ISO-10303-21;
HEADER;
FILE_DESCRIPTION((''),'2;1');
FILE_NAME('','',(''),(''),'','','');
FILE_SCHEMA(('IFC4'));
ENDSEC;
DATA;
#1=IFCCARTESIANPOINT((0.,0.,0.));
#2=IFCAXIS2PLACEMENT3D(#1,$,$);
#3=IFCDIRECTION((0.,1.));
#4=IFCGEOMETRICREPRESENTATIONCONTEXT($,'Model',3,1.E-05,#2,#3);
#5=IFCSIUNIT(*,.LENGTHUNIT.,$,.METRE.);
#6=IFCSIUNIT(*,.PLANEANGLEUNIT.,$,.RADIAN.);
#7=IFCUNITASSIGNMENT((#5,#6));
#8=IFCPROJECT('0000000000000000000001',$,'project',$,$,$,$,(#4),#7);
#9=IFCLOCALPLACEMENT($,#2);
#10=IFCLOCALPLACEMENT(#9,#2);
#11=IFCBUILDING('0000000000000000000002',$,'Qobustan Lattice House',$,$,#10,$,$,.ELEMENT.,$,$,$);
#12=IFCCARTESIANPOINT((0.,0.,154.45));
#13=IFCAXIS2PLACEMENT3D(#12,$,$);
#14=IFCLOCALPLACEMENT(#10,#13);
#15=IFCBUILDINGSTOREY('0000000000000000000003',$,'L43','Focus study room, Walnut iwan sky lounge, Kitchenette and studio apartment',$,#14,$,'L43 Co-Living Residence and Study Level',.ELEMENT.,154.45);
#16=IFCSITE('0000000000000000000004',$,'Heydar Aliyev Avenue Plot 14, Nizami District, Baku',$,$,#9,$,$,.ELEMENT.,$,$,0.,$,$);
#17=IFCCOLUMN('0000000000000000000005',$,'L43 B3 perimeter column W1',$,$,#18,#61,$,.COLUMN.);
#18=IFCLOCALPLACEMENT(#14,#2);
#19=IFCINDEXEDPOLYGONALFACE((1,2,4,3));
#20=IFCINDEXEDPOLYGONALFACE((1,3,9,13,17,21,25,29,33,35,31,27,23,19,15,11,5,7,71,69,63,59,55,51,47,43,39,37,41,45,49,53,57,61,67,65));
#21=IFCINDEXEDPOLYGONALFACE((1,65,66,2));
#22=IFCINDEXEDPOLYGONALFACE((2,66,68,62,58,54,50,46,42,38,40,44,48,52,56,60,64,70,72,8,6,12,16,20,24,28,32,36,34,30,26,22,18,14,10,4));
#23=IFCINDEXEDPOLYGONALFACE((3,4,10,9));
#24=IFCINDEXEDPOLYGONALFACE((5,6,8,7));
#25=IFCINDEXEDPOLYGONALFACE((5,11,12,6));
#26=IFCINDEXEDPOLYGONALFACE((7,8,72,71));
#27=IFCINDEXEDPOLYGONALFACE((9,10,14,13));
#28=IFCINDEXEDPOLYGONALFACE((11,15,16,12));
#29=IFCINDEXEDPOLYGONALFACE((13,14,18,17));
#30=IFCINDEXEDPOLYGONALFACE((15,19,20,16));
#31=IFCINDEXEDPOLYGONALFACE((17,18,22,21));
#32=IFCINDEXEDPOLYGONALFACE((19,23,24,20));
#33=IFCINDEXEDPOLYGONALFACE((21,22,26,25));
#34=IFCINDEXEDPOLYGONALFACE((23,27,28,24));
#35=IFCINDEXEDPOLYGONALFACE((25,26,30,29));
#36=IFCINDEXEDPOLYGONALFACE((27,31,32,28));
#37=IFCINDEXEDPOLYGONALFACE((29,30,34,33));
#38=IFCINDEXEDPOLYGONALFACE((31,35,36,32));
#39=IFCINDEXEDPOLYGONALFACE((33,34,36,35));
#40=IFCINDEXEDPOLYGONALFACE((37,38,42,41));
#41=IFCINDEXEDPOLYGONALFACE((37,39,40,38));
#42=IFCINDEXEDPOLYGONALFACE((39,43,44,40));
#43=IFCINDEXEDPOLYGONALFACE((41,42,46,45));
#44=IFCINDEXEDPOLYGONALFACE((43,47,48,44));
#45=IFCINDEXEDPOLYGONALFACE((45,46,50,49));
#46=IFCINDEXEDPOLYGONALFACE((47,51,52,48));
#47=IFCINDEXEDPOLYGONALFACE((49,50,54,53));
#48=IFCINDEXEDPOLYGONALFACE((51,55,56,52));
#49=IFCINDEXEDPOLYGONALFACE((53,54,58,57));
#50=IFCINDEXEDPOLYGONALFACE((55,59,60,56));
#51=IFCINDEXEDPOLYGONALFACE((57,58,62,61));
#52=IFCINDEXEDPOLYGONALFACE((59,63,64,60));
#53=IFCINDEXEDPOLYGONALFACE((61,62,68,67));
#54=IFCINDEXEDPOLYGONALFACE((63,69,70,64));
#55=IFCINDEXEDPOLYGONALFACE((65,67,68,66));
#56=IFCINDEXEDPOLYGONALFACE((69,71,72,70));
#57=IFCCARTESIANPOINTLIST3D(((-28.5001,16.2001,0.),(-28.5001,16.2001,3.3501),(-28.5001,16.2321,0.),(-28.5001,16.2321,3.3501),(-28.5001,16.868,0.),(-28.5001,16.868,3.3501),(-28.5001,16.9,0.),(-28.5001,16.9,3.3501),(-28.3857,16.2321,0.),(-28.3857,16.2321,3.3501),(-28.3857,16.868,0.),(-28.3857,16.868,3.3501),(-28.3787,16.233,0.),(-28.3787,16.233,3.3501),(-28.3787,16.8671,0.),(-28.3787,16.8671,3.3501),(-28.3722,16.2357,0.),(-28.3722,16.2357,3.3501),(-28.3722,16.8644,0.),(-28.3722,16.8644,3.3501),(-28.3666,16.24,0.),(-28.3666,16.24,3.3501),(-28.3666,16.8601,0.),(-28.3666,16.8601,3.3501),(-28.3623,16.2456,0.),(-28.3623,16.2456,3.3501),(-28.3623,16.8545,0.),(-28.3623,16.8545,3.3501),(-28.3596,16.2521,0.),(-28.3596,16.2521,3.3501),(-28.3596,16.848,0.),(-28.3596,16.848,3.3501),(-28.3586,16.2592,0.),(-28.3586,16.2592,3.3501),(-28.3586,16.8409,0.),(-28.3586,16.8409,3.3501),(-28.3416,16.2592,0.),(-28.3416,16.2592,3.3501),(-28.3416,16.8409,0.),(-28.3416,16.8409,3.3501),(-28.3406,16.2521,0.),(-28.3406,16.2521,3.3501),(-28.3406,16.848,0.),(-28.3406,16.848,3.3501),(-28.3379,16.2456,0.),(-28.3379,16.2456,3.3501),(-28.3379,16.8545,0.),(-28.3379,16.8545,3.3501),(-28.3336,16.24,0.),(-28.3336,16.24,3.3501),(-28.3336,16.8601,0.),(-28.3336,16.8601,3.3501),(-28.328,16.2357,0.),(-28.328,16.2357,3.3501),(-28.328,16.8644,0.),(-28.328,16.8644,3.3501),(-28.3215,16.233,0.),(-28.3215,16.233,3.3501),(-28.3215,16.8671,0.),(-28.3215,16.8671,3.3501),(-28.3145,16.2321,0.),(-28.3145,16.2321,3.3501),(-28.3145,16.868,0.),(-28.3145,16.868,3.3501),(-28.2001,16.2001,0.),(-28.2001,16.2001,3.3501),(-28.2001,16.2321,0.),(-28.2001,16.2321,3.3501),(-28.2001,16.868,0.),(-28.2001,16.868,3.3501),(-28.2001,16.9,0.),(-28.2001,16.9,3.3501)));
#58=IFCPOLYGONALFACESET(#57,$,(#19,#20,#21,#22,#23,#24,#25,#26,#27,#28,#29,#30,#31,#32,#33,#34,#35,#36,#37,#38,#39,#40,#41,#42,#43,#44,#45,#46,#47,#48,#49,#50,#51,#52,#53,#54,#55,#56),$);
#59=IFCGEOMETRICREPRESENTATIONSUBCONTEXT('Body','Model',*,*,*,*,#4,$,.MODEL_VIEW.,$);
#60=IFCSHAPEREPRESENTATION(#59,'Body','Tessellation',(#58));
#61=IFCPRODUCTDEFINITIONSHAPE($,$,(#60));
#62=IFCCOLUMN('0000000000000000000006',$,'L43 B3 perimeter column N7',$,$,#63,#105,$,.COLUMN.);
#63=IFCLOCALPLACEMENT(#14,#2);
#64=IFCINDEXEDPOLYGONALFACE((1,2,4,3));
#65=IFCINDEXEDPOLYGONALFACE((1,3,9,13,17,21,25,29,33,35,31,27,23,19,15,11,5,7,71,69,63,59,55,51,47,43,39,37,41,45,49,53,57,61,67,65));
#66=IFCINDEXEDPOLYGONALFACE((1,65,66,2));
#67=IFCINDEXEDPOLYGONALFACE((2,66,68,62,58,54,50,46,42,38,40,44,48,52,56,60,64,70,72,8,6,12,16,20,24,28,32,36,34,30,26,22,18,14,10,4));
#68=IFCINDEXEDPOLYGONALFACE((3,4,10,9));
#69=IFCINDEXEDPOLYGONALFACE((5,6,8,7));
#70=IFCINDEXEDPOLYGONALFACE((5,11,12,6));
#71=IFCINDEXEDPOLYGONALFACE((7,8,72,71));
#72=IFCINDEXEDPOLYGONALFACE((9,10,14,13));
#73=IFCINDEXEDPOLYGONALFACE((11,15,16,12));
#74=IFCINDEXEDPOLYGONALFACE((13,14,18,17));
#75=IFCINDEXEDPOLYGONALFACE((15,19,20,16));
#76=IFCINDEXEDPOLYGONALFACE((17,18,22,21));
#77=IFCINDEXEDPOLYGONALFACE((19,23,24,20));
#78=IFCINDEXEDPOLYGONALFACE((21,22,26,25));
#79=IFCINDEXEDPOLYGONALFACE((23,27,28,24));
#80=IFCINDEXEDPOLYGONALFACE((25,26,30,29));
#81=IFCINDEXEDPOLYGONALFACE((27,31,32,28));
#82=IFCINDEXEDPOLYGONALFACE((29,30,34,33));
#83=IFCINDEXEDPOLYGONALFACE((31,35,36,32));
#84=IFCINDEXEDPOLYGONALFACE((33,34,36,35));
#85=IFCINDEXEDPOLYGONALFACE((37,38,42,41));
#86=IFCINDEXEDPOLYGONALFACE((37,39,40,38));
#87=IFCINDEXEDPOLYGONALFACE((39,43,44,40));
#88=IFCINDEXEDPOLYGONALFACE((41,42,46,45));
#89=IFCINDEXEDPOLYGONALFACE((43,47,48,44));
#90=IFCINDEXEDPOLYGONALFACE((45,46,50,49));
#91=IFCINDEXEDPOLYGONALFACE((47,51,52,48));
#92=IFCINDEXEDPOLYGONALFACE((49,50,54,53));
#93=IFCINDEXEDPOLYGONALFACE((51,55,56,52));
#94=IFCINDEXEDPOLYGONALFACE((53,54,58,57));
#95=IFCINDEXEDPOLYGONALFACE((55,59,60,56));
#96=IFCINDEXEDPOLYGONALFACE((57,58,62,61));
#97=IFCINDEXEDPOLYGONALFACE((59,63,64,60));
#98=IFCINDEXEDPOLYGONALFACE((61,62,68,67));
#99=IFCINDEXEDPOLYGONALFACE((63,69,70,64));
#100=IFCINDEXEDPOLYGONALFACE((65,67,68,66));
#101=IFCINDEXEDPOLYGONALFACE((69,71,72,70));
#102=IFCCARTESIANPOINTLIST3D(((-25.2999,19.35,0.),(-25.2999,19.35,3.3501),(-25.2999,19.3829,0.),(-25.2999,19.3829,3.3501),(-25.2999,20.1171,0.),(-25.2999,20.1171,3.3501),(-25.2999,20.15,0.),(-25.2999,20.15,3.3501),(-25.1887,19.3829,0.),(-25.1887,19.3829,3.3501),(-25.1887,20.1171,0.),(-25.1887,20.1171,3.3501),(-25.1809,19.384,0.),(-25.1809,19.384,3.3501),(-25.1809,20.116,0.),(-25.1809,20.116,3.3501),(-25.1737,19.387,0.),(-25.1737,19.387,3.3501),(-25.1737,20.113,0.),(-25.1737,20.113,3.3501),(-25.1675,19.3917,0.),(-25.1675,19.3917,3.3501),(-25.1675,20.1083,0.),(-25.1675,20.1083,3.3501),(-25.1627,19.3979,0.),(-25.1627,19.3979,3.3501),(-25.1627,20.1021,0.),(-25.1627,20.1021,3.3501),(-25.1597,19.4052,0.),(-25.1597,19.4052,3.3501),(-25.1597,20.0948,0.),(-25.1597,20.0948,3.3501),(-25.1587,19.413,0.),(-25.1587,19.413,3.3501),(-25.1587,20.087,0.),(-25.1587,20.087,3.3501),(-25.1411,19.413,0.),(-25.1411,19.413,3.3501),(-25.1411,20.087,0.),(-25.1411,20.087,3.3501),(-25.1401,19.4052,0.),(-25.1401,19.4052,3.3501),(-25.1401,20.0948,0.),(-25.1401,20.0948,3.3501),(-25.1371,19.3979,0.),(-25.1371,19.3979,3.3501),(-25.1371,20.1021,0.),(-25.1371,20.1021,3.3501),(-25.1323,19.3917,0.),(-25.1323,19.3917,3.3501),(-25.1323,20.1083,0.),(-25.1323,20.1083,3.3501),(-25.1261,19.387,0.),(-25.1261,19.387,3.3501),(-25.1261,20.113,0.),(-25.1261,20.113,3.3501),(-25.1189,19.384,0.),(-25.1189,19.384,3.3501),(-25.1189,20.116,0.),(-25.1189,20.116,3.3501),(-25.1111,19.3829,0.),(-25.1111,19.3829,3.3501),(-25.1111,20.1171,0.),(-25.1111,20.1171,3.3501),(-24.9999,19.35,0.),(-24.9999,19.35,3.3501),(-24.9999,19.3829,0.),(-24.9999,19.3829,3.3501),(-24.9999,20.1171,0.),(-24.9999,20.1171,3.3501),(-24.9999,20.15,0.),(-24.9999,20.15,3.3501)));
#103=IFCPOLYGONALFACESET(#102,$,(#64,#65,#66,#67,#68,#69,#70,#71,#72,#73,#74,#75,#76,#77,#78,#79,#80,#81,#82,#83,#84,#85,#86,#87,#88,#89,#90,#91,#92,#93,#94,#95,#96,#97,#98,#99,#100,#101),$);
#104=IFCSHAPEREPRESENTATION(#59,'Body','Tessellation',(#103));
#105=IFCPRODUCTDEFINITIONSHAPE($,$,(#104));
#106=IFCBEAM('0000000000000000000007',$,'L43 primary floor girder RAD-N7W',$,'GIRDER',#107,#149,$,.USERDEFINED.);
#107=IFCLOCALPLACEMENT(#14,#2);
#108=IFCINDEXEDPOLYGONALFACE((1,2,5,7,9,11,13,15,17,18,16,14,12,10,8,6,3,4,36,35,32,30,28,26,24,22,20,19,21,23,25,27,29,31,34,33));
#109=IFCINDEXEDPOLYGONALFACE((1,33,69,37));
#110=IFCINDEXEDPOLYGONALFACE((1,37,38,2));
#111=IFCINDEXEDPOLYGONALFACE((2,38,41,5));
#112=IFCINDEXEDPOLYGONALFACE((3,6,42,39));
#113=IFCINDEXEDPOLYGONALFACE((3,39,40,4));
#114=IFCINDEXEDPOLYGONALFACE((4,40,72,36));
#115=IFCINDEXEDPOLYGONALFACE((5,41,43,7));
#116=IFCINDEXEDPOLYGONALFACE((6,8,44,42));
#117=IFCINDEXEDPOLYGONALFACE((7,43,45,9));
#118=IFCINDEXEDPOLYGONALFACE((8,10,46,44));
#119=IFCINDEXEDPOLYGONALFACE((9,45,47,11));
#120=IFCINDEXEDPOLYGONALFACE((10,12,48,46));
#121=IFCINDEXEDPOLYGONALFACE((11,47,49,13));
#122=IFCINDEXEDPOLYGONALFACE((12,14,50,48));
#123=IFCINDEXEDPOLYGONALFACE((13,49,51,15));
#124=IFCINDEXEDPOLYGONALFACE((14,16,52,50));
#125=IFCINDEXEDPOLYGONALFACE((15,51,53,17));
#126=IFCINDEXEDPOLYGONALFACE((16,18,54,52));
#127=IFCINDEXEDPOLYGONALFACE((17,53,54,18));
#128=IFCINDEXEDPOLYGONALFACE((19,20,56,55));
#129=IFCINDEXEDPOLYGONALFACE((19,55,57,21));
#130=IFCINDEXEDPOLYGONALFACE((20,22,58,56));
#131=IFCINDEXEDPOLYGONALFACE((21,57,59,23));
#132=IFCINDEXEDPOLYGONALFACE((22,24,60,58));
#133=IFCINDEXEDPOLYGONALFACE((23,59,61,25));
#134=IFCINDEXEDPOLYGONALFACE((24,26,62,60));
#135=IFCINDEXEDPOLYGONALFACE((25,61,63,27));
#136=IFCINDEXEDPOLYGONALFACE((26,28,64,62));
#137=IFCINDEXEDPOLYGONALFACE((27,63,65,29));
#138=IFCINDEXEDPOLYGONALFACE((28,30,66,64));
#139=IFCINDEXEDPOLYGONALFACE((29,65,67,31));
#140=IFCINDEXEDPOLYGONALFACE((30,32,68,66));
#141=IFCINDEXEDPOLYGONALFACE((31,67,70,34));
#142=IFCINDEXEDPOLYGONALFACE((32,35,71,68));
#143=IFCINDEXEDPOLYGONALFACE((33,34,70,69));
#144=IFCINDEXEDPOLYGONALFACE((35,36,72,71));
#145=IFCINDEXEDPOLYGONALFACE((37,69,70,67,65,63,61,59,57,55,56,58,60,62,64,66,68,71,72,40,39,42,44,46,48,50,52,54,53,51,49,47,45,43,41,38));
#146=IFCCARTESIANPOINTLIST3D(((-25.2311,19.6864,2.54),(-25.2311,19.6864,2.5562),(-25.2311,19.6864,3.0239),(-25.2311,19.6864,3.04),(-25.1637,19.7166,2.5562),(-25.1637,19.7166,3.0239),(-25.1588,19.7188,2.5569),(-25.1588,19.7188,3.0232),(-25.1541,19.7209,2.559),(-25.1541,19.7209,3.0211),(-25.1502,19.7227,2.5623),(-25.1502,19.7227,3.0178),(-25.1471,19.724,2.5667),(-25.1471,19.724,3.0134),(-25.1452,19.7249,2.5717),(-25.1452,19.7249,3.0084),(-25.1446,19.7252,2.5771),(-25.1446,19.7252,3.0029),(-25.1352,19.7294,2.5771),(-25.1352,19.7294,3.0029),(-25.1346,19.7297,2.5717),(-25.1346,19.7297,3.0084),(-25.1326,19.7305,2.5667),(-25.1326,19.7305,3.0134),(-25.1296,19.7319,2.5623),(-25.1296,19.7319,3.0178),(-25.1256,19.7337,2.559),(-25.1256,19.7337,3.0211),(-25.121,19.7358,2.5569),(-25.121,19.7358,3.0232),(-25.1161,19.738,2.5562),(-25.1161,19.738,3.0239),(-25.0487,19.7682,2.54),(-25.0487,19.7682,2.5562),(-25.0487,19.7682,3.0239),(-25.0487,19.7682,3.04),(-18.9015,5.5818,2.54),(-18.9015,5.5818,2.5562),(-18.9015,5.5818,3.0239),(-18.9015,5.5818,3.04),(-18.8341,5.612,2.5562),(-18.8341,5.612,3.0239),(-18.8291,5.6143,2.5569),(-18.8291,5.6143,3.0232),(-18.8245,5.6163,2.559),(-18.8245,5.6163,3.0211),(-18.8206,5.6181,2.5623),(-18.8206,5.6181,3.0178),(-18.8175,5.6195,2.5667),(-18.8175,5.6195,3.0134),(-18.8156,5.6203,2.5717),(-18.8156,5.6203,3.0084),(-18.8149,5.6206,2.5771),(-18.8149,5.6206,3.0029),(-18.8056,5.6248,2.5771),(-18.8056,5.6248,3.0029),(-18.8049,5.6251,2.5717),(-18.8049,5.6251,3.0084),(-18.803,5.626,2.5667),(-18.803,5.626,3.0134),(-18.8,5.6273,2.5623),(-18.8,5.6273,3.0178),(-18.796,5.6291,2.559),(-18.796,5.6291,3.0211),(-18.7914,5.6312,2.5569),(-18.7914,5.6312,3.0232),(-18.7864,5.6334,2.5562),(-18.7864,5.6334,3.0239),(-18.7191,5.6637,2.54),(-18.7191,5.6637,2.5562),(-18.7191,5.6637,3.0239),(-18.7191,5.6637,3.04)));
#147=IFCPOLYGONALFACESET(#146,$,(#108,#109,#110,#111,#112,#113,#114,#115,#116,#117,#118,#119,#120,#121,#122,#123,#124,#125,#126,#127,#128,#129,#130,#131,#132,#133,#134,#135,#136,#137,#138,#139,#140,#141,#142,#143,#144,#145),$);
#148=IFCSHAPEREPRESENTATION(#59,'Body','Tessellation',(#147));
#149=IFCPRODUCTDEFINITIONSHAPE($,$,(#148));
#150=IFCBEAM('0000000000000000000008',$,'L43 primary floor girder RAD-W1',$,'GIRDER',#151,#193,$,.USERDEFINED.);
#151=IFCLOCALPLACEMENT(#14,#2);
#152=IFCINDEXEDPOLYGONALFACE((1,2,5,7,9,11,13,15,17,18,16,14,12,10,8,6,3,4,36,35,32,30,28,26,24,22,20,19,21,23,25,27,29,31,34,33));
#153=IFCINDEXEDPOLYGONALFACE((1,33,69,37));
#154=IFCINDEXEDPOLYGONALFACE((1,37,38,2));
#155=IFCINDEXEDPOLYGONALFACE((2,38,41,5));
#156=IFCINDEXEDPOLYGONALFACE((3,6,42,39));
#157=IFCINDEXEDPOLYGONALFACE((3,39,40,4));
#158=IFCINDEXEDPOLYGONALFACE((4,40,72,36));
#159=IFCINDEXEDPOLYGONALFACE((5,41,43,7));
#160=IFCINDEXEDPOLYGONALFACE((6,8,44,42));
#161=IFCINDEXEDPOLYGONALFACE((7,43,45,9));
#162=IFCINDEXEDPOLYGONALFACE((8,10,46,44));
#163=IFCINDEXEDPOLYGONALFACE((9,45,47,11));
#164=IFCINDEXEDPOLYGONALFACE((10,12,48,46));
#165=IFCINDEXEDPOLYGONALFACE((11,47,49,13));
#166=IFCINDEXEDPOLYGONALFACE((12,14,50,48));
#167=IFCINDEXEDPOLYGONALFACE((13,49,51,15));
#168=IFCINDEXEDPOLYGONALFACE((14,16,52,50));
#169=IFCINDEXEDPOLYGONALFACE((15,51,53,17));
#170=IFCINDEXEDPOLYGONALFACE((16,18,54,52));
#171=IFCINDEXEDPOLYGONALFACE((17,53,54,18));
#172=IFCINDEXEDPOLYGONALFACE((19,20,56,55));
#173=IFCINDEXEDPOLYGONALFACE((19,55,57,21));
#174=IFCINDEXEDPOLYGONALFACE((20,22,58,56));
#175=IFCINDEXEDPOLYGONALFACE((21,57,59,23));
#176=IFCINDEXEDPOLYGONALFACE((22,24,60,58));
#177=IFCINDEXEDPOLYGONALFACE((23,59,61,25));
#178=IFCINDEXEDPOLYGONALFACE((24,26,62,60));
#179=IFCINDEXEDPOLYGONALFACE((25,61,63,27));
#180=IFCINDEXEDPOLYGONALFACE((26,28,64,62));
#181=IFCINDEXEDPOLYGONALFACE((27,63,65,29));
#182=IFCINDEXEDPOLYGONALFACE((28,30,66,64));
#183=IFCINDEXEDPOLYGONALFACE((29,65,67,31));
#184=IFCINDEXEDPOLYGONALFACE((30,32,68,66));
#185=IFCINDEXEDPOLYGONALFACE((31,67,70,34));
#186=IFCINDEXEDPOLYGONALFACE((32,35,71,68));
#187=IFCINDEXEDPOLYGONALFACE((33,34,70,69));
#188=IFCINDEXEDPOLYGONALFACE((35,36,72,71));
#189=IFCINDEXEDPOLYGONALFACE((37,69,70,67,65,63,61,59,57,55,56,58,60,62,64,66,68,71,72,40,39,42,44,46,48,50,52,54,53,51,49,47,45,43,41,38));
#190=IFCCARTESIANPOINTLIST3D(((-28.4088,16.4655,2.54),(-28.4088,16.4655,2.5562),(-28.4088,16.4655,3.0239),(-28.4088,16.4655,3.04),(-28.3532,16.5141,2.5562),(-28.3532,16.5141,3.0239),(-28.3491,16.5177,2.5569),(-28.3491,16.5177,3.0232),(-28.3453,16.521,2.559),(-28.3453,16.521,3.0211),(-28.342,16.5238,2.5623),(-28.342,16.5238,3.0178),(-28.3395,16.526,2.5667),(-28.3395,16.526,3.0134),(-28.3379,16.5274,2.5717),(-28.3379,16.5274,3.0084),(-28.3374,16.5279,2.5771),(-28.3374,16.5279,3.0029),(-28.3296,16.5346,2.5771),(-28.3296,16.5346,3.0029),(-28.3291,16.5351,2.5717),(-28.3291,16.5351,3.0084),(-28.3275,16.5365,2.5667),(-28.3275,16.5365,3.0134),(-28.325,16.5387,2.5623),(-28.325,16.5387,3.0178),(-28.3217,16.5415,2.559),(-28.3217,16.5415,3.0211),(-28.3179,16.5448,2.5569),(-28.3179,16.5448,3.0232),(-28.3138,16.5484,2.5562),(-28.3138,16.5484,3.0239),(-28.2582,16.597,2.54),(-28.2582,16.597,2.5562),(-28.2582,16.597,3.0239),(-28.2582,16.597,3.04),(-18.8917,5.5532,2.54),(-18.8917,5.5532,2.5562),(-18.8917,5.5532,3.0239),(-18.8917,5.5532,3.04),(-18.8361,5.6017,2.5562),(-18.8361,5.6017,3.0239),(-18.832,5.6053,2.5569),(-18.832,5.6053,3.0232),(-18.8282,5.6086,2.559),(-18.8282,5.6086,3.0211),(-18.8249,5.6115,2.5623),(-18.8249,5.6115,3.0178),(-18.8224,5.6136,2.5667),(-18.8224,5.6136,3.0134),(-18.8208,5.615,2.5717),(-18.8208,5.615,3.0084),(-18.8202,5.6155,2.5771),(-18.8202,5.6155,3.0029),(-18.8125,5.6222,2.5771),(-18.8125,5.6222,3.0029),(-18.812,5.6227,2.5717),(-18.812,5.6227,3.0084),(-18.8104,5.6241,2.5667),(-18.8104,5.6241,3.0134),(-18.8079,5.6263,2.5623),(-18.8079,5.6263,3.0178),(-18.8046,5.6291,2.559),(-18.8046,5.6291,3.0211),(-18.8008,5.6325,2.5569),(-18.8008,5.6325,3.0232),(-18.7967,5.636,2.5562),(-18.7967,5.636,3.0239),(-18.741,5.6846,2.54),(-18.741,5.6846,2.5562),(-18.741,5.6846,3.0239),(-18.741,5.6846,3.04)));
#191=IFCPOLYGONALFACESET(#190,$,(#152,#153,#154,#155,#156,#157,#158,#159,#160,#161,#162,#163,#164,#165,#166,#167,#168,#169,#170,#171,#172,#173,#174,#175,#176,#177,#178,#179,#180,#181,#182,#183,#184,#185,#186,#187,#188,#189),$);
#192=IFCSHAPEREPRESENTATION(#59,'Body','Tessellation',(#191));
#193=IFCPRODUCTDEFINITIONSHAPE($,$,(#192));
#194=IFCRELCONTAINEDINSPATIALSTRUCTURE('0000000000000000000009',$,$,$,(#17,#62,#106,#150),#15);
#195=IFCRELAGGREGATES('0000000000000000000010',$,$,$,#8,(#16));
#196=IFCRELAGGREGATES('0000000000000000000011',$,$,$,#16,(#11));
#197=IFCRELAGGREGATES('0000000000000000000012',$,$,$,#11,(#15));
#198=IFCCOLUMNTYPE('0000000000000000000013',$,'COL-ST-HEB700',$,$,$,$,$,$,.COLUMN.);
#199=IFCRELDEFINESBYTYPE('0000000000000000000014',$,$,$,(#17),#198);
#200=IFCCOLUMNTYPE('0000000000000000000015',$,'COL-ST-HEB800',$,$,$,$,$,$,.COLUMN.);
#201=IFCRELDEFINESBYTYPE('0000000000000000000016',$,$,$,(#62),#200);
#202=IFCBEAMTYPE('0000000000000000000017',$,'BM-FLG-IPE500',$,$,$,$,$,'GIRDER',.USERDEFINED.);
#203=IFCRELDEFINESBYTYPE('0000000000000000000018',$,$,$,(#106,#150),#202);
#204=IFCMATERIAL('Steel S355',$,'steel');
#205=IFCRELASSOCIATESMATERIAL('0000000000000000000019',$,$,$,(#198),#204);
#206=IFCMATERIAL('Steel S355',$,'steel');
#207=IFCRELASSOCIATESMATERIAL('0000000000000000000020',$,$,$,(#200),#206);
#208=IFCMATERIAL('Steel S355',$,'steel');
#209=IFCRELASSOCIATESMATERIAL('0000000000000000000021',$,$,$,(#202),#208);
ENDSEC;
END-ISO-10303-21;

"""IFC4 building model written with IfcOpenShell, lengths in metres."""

from ifc_helpers import new_model, si_unit, direction, frame, origin, origin_2d, place, context, subcontext, project, spatial, i_section, extrude, material, material_profile, profile_set, type_object, element, save


model = new_model("IFC4")

# Units and contexts
model_context = context("Model", 3, precision=1e-05, world=origin(), true_north=direction((0.0, 1.0)))
body_context = subcontext(model_context, "Body", "Model", "MODEL_VIEW")
ifc_project = project(units=[si_unit("LENGTHUNIT", "METRE"), si_unit("PLANEANGLEUNIT", "RADIAN")], contexts=[model_context])

# Site, building, storey
site_placement = place(None, origin())
site = spatial("IfcSite", under=ifc_project, at=site_placement, Name="Heydar Aliyev Avenue Plot 14, Nizami District, Baku", CompositionType="ELEMENT", RefElevation=0.0)
building_placement = place(site_placement, origin())
building = spatial("IfcBuilding", under=site, at=building_placement, Name="Qobustan Lattice House", CompositionType="ELEMENT")
storey_placement = place(building_placement, frame((0.0, 0.0, 154.45)))
storey = spatial("IfcBuildingStorey", under=building, at=storey_placement, Name="L43", Description="Focus study room, Walnut iwan sky lounge, Kitchenette and studio apartment", LongName="L43 Co-Living Residence and Study Level", CompositionType="ELEMENT", Elevation=154.45)

# Columns
ifc_material_1 = material(Name="Steel S355", Category="steel")
ifc_material_profile_1 = material_profile(ifc_material_1, i_section(OverallWidth=0.3, OverallDepth=0.7, WebThickness=0.0171, FlangeThickness=0.032, FilletRadius=0.0271, at=origin_2d()), Name="HEB700")
ifc_profile_set_1 = profile_set([ifc_material_profile_1], Name="Steel S355")
column_type_1 = type_object("IfcColumnType", Name="COL-ST-HEB700", PredefinedType="COLUMN", material=ifc_profile_set_1)
column_1_placement = place(storey_placement, frame((-28.3501, 16.55, 0.0), z_axis=(0.0, 0.0, 1.0), x_axis=(1.0, 0.0, 0.0)))
element("IfcColumn", 1, at=column_1_placement, inside=storey, type_object=column_type_1, Name="L43 B3 perimeter column W1", PredefinedType="COLUMN", context=body_context, shape_type="SweptSolid", body=[
    extrude(i_section(OverallWidth=0.3, OverallDepth=0.7, WebThickness=0.0171, FlangeThickness=0.032, FilletRadius=0.0271, at=origin_2d()), origin(), (0.0, 0.0, 1.0), 3.3501),
])
ifc_material_2 = material(Name="Steel S355", Category="steel")
ifc_material_profile_2 = material_profile(ifc_material_2, i_section(OverallWidth=0.3, OverallDepth=0.8, WebThickness=0.0176, FlangeThickness=0.033, FilletRadius=0.03, at=origin_2d()), Name="HEB800")
ifc_profile_set_2 = profile_set([ifc_material_profile_2], Name="Steel S355")
column_type_2 = type_object("IfcColumnType", Name="COL-ST-HEB800", PredefinedType="COLUMN", material=ifc_profile_set_2)
column_2_placement = place(storey_placement, frame((-25.1499, 19.75, 0.0), z_axis=(0.0, 0.0, 1.0), x_axis=(1.0, 0.0, 0.0)))
element("IfcColumn", 2, at=column_2_placement, inside=storey, type_object=column_type_2, Name="L43 B3 perimeter column N7", PredefinedType="COLUMN", context=body_context, shape_type="SweptSolid", body=[
    extrude(i_section(OverallWidth=0.3, OverallDepth=0.8, WebThickness=0.0176, FlangeThickness=0.033, FilletRadius=0.03, at=origin_2d()), origin(), (0.0, 0.0, 1.0), 3.3501),
])

# Beams
ifc_material_3 = material(Name="Steel S355", Category="steel")
ifc_material_profile_3 = material_profile(ifc_material_3, i_section(OverallWidth=0.2, OverallDepth=0.5, WebThickness=0.0103, FlangeThickness=0.0161, FilletRadius=0.021, at=origin_2d()), Name="IPE500")
ifc_profile_set_3 = profile_set([ifc_material_profile_3], Name="Steel S355")
beam_type_1 = type_object("IfcBeamType", Name="BM-FLG-IPE500", ElementType="GIRDER", PredefinedType="USERDEFINED", material=ifc_profile_set_3)
beam_1_placement = place(storey_placement, frame((-25.1399, 19.7273, 2.79), z_axis=(0.409427, -0.912343, 0.0), x_axis=(0.912343, 0.409427, 0.0)))
element("IfcBeam", 3, at=beam_1_placement, inside=storey, type_object=beam_type_1, Name="L43 primary floor girder RAD-N7W", ObjectType="GIRDER", PredefinedType="USERDEFINED", context=body_context, shape_type="SweptSolid", body=[
    extrude(i_section(OverallWidth=0.2, OverallDepth=0.5, WebThickness=0.0103, FlangeThickness=0.0161, FilletRadius=0.021, at=origin_2d()), origin(), (0.0, 0.0, 1.0), 15.4597),
])
beam_2_placement = place(storey_placement, frame((-28.3335, 16.5312, 2.79), z_axis=(0.657283, -0.753644, 0.0), x_axis=(0.753644, 0.657283, 0.0)))
element("IfcBeam", 4, at=beam_2_placement, inside=storey, type_object=beam_type_1, Name="L43 primary floor girder RAD-W1", ObjectType="GIRDER", PredefinedType="USERDEFINED", context=body_context, shape_type="SweptSolid", body=[
    extrude(i_section(OverallWidth=0.2, OverallDepth=0.5, WebThickness=0.0103, FlangeThickness=0.0161, FilletRadius=0.021, at=origin_2d()), origin(), (0.0, 0.0, 1.0), 14.4795),
])

save(model, "model.ifc")
